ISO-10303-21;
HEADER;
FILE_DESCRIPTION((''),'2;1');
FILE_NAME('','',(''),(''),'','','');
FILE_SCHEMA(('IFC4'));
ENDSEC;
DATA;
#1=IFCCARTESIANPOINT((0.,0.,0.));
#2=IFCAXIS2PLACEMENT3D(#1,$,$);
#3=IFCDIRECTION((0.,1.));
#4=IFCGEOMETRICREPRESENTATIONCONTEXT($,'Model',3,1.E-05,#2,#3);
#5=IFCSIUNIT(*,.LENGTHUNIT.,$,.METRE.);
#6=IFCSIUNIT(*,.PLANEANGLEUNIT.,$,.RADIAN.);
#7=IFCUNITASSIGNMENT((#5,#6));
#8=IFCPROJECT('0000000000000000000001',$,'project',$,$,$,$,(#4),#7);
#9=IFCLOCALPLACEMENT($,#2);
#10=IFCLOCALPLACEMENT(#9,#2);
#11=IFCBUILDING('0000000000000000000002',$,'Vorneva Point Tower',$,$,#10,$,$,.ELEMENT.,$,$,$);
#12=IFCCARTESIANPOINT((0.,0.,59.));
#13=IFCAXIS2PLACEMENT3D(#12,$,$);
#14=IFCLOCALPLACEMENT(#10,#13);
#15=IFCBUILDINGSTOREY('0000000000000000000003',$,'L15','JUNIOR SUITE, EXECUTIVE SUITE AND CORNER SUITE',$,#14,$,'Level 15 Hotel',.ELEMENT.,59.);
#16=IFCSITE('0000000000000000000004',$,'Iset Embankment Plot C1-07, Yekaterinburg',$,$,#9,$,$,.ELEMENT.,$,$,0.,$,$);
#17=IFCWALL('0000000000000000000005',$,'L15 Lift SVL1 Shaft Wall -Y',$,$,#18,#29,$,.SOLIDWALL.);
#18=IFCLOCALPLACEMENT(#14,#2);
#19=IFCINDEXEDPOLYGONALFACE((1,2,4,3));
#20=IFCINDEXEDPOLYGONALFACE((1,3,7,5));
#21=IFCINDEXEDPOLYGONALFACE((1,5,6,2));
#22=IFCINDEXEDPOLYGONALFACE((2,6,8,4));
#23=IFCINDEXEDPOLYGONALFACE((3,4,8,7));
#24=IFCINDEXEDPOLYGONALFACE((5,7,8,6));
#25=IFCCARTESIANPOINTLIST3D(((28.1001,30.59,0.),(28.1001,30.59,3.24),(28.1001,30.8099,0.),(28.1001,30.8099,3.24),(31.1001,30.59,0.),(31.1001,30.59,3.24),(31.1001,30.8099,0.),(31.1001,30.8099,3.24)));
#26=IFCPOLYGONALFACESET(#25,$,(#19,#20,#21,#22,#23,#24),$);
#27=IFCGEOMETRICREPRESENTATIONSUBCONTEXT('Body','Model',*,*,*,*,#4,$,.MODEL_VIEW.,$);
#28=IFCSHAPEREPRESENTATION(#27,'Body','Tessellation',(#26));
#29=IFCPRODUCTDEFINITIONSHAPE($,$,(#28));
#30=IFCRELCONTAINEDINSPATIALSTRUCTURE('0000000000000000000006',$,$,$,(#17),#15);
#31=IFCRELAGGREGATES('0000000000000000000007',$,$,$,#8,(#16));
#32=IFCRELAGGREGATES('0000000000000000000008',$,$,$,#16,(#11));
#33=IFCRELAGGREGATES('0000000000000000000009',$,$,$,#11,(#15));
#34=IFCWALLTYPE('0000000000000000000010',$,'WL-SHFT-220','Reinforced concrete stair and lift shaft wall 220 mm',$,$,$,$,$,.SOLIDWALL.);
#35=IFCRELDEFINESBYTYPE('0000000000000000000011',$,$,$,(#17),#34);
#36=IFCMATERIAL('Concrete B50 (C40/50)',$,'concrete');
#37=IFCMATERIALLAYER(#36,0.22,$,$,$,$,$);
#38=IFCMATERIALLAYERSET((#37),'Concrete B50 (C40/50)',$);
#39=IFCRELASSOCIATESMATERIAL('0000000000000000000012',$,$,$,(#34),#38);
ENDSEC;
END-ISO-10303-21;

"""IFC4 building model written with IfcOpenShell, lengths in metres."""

from ifc_helpers import new_model, si_unit, direction, frame, frame_2d, origin, place, context, subcontext, project, spatial, rectangle, extrude, material, layer, layer_set, type_object, element, save


model = new_model("IFC4")

# Units and contexts
model_context = context("Model", 3, precision=1e-05, world=origin(), true_north=direction((0.0, 1.0)))
body_context = subcontext(model_context, "Body", "Model", "MODEL_VIEW")
ifc_project = project(units=[si_unit("LENGTHUNIT", "METRE"), si_unit("PLANEANGLEUNIT", "RADIAN")], contexts=[model_context])

# Site, building, storey
site_placement = place(None, origin())
site = spatial("IfcSite", under=ifc_project, at=site_placement, Name="Iset Embankment Plot C1-07, Yekaterinburg", CompositionType="ELEMENT", RefElevation=0.0)
building_placement = place(site_placement, origin())
building = spatial("IfcBuilding", under=site, at=building_placement, Name="Vorneva Point Tower", CompositionType="ELEMENT")
storey_placement = place(building_placement, frame((0.0, 0.0, 59.0)))
storey = spatial("IfcBuildingStorey", under=building, at=storey_placement, Name="L15", Description="JUNIOR SUITE, EXECUTIVE SUITE AND CORNER SUITE", LongName="Level 15 Hotel", CompositionType="ELEMENT", Elevation=59.0)

# Shared definitions
ifc_material_1 = material(Name="Concrete B50 (C40/50)", Category="concrete")
ifc_layer_1 = layer(ifc_material_1, 0.22)
ifc_layer_set_1 = layer_set([ifc_layer_1], Name="Concrete B50 (C40/50)")
wall_type_1 = type_object("IfcWallType", Name="WL-SHFT-220", Description="Reinforced concrete stair and lift shaft wall 220 mm", PredefinedType="SOLIDWALL", material=ifc_layer_set_1)

# Wall
wall_1_placement = place(storey_placement, frame((28.1001, 30.7, 0.0), z_axis=(0.0, 0.0, 1.0), x_axis=(1.0, 0.0, 0.0)))
element("IfcWall", 1, at=wall_1_placement, inside=storey, type_object=wall_type_1, Name="L15 Lift SVL1 Shaft Wall -Y", PredefinedType="SOLIDWALL", context=body_context, shape_type="SweptSolid", body=[
    extrude(rectangle(XDim=3.0, YDim=0.22, at=frame_2d((1.5, 0.0))), origin(), (0.0, 0.0, 1.0), 3.24),
])

save(model, "model.ifc")
